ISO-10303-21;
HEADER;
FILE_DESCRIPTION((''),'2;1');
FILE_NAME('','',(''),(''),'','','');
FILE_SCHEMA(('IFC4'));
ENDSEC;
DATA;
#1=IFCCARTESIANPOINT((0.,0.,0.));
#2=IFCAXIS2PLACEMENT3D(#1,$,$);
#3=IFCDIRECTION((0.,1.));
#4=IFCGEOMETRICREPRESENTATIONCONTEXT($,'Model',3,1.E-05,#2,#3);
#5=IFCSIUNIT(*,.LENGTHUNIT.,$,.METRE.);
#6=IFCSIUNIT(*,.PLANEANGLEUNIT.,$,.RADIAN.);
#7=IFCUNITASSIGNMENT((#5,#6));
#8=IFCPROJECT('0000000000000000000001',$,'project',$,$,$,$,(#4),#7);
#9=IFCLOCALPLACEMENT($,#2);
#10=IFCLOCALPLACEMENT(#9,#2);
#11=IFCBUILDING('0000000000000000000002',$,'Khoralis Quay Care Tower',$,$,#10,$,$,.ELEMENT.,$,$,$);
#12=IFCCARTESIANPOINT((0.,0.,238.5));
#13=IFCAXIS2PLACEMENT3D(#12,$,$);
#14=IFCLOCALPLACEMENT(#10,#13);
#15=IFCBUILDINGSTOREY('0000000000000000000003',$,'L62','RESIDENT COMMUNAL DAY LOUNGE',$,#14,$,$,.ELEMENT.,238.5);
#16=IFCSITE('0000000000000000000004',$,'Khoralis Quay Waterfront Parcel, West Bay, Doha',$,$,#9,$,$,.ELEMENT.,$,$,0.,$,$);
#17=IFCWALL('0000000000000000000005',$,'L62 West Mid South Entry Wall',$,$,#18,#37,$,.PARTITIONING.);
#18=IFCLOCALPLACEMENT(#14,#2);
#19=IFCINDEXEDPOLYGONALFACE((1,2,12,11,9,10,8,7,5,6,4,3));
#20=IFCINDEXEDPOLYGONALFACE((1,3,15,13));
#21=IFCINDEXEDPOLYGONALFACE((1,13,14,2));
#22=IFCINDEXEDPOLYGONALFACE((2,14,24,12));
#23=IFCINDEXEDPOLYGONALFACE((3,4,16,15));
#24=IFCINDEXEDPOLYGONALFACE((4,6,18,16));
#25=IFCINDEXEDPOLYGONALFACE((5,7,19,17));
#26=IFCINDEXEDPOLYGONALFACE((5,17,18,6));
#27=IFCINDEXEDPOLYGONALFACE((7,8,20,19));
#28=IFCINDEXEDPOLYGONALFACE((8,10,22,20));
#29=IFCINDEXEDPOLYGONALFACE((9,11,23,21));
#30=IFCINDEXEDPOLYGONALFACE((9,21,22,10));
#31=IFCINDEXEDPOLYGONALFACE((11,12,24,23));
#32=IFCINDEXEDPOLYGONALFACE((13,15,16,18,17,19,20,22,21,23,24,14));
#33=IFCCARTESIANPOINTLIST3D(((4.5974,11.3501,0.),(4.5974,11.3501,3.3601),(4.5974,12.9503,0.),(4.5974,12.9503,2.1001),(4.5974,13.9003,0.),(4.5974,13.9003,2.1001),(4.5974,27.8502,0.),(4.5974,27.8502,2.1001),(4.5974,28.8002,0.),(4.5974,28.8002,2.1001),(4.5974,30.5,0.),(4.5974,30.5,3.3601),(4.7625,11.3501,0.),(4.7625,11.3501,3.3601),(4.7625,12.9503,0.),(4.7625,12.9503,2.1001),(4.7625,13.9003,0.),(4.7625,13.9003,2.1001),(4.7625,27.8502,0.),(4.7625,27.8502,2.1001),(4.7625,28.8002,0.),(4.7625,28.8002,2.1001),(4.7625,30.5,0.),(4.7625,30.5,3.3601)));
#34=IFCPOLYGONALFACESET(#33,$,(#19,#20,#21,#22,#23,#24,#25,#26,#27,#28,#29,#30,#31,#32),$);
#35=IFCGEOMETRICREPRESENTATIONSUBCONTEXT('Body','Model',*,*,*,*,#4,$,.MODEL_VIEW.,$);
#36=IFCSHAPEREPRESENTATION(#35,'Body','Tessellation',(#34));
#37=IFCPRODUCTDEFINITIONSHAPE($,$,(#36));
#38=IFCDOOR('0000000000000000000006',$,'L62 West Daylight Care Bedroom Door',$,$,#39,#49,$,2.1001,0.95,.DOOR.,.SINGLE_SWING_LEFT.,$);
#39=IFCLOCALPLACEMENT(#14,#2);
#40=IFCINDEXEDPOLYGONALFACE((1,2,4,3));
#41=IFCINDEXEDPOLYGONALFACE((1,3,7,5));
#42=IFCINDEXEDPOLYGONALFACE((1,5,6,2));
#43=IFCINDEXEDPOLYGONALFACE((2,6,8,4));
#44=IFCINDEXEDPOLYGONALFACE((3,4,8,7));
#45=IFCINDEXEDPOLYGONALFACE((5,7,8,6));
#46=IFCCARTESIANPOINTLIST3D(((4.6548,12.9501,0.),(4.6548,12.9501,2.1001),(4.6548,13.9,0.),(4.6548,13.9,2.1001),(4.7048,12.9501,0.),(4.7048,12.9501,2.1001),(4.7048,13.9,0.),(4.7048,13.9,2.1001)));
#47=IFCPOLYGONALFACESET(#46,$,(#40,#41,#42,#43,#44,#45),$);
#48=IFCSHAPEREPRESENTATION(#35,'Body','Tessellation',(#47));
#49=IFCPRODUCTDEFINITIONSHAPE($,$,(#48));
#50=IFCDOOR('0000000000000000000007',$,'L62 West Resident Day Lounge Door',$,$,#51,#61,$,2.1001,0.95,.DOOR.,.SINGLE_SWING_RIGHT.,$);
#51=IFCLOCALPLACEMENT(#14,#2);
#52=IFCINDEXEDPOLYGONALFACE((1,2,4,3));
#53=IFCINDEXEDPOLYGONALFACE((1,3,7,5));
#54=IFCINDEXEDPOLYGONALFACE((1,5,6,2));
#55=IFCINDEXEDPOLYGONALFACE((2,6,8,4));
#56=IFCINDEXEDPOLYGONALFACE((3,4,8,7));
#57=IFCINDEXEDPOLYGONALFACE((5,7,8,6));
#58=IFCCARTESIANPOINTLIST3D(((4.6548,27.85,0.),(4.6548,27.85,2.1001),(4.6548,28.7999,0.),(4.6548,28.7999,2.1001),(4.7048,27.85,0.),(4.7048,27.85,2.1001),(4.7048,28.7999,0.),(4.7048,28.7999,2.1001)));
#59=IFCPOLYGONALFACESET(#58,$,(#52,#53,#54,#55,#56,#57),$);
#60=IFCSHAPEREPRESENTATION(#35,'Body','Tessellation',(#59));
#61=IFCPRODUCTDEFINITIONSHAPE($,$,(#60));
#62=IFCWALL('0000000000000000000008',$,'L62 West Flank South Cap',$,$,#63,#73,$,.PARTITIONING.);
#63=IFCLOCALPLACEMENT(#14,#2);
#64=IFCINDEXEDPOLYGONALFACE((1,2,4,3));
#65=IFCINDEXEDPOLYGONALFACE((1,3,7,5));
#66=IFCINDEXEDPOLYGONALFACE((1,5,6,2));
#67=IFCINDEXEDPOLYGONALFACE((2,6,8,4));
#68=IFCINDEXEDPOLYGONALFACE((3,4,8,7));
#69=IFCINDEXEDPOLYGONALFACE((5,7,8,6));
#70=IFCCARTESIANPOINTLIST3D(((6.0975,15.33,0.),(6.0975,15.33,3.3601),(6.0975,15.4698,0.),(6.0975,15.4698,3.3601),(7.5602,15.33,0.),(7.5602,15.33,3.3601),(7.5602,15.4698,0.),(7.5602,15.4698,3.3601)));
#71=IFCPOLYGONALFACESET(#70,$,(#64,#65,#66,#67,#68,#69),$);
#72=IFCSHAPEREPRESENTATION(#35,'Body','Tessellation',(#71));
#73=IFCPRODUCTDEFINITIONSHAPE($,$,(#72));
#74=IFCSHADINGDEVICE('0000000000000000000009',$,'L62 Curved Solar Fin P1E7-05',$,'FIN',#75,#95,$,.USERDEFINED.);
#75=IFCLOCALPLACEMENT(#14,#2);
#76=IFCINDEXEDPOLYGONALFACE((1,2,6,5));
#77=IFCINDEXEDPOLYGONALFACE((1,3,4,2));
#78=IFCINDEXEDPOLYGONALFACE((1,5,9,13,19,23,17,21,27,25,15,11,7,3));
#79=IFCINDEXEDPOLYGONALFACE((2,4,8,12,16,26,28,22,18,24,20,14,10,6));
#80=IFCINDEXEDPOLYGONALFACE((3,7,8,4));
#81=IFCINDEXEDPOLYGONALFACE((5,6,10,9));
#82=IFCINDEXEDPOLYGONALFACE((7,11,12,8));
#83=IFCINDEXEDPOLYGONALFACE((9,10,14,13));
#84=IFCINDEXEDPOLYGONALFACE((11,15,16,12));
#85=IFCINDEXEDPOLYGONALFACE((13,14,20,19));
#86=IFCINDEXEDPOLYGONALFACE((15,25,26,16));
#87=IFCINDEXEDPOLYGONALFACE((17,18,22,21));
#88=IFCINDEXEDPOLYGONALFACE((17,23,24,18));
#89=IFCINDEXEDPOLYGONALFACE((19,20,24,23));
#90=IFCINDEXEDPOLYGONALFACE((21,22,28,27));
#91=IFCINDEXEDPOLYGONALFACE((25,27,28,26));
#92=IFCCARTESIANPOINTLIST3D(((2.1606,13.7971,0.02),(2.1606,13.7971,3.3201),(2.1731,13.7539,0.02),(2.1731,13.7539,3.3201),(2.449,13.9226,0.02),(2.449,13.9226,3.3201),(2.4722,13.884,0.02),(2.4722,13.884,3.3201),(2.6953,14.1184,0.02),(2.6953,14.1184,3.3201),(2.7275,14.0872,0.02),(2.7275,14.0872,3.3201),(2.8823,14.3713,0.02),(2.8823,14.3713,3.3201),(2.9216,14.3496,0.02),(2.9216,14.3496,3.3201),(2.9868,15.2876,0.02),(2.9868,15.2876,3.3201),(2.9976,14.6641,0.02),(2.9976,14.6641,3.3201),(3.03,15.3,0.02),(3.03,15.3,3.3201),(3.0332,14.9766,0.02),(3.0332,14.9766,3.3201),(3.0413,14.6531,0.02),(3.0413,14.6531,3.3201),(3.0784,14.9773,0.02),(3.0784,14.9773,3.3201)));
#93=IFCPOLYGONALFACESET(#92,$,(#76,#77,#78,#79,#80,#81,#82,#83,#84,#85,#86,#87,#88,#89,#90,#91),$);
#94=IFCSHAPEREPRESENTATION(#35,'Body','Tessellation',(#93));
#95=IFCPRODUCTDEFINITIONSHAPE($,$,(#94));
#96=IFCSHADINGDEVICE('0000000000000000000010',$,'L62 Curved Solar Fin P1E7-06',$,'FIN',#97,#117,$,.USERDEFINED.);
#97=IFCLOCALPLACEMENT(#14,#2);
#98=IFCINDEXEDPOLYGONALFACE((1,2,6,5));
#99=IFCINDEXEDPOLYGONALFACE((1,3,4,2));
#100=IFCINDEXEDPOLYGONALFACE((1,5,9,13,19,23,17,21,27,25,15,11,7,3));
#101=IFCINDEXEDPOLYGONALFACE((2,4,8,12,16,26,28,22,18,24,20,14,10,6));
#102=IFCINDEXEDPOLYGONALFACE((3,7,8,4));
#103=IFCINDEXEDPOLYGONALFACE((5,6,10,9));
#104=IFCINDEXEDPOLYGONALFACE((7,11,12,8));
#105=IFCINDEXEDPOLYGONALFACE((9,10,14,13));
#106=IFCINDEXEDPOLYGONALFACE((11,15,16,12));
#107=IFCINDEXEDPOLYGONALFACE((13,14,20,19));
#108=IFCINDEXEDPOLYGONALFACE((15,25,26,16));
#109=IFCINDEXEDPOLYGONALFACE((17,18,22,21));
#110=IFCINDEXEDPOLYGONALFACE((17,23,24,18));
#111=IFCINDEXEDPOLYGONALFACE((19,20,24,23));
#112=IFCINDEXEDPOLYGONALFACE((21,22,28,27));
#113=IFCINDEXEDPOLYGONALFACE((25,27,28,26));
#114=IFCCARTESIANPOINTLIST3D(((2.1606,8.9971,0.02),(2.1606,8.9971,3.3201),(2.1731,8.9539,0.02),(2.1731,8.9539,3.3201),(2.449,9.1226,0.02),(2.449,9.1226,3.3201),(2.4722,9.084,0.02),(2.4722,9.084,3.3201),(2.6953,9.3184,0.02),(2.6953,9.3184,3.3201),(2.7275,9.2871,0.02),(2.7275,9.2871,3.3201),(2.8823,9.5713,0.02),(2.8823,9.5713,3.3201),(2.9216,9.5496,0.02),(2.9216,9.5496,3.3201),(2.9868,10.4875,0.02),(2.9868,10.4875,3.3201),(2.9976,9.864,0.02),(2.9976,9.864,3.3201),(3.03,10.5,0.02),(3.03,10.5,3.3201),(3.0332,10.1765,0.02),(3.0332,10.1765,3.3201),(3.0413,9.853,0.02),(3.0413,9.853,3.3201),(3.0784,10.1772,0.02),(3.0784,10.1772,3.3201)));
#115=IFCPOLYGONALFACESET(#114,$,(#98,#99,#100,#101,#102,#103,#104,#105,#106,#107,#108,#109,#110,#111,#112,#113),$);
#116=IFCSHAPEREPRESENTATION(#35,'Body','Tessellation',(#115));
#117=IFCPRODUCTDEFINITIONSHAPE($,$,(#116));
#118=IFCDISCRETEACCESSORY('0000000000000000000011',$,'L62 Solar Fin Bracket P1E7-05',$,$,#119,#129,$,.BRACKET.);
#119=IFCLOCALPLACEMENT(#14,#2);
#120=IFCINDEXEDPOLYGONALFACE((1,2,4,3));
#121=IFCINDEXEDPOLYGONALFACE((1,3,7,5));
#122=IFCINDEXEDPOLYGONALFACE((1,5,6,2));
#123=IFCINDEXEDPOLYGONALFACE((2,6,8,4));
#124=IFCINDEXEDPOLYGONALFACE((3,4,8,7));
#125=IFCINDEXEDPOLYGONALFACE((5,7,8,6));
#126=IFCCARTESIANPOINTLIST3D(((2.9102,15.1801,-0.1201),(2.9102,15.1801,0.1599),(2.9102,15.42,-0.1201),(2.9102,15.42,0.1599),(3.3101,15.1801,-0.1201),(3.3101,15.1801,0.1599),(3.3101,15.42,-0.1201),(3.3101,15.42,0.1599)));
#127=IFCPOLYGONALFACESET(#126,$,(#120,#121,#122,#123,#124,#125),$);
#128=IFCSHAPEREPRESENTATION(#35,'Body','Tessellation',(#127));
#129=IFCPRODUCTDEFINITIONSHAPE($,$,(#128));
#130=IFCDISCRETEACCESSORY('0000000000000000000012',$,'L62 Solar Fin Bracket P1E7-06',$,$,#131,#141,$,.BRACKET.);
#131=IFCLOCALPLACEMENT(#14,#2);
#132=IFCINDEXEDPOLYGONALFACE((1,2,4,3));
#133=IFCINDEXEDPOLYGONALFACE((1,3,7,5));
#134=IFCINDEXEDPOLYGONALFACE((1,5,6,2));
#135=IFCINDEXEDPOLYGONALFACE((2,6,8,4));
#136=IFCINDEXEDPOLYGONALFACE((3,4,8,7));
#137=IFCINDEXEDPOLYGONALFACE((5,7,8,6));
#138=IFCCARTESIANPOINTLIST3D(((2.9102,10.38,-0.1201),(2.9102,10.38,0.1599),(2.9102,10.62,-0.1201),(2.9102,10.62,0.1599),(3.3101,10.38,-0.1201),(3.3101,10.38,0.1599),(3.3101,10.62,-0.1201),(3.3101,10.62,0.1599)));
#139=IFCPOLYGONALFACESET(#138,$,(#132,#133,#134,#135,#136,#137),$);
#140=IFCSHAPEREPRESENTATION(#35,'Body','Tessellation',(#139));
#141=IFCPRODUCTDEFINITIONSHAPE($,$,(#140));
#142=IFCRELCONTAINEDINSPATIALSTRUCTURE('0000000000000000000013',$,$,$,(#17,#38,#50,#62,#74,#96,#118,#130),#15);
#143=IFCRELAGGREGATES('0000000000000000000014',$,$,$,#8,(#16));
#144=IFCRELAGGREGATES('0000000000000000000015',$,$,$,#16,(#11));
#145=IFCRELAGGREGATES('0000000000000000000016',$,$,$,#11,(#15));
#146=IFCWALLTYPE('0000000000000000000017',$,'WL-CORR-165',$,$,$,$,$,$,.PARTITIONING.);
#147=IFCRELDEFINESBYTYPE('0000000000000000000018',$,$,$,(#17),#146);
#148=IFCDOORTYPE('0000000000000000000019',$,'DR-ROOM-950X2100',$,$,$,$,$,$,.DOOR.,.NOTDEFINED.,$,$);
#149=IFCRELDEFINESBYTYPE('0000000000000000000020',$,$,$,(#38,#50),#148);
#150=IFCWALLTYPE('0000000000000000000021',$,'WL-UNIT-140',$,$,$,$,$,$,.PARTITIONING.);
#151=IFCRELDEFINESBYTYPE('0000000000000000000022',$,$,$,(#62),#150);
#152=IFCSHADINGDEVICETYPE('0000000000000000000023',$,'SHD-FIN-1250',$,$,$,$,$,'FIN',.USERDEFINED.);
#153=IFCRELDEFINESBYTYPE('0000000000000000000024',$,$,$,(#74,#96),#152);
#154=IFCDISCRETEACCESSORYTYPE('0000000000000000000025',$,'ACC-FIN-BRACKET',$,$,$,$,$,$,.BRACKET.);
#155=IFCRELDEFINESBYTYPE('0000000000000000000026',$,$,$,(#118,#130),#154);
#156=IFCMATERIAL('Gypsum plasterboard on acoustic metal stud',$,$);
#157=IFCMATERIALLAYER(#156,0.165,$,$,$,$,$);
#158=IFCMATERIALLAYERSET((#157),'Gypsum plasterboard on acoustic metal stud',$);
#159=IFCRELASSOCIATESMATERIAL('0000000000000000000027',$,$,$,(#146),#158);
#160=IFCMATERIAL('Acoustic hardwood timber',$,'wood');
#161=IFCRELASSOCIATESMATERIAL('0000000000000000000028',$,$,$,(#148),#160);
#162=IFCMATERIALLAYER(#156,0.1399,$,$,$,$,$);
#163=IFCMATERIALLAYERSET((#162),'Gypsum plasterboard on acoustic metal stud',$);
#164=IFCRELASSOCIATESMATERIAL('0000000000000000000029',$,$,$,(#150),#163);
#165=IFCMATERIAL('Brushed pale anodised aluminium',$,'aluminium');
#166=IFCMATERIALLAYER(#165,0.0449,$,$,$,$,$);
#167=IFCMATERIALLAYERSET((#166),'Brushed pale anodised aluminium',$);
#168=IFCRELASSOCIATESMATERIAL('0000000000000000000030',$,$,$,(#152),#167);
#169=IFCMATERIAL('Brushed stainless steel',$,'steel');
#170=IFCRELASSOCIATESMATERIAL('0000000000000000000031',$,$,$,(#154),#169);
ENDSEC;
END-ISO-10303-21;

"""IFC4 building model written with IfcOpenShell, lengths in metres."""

from ifc_helpers import new_model, si_unit, direction, frame, frame_2d, origin, origin_2d, place, context, subcontext, project, spatial, polyline, rectangle, outline, extrude, source, transform, mapped, material, layer, layer_set, type_object, element, fill, save


model = new_model("IFC4")

# Units and contexts
model_context = context("Model", 3, precision=1e-05, world=origin(), true_north=direction((0.0, 1.0)))
body_context = subcontext(model_context, "Body", "Model", "MODEL_VIEW")
ifc_project = project(units=[si_unit("LENGTHUNIT", "METRE"), si_unit("PLANEANGLEUNIT", "RADIAN")], contexts=[model_context])

# Site, building, storey
site_placement = place(None, origin())
site = spatial("IfcSite", under=ifc_project, at=site_placement, Name="Khoralis Quay Waterfront Parcel, West Bay, Doha", CompositionType="ELEMENT", RefElevation=0.0)
building_placement = place(site_placement, origin())
building = spatial("IfcBuilding", under=site, at=building_placement, Name="Khoralis Quay Care Tower", CompositionType="ELEMENT")
storey_placement = place(building_placement, frame((0.0, 0.0, 238.5)))
storey = spatial("IfcBuildingStorey", under=building, at=storey_placement, Name="L62", Description="RESIDENT COMMUNAL DAY LOUNGE", CompositionType="ELEMENT", Elevation=238.5)

# Wall, openings, doors
ifc_material_1 = material(Name="Gypsum plasterboard on acoustic metal stud")
ifc_layer_1 = layer(ifc_material_1, 0.165)
ifc_layer_set_1 = layer_set([ifc_layer_1], Name="Gypsum plasterboard on acoustic metal stud")
wall_type_1 = type_object("IfcWallType", Name="WL-CORR-165", PredefinedType="PARTITIONING", material=ifc_layer_set_1)
ifc_material_2 = material(Name="Acoustic hardwood timber", Category="wood")
door_type_1 = type_object("IfcDoorType", Name="DR-ROOM-950X2100", OperationType="NOTDEFINED", PredefinedType="DOOR", material=ifc_material_2)
shared_shape_1 = source(origin(), body_context, "Body", "SweptSolid", [
    extrude(rectangle(XDim=0.95, YDim=2.1001, at=frame_2d((0.4751, 1.05))), frame((0.0, 0.0249, 0.0), z_axis=(0.0, -1.0, 0.0), x_axis=(1.0, 0.0, 0.0)), (0.0, 0.0, 1.0), 0.05),
])
wall_1_placement = place(storey_placement, frame((4.6799, 11.3501, 0.0), z_axis=(0.0, 0.0, 1.0), x_axis=(0.0, 1.0, 0.0)))
wall_1 = element("IfcWall", 1, at=wall_1_placement, inside=storey, type_object=wall_type_1, Name="L62 West Mid South Entry Wall", PredefinedType="PARTITIONING", context=body_context, shape_type="SweptSolid", body=[
    extrude(rectangle(XDim=19.1499, YDim=0.165, at=frame_2d((9.575, 0.0))), origin(), (0.0, 0.0, 1.0), 3.3601),
])
opening_1_placement = place(wall_1_placement, frame((1.6001, 0.0, 0.0)))
opening_1 = element("IfcOpeningElement", 2, at=opening_1_placement, cuts=wall_1, PredefinedType="OPENING", context=body_context, shape_type="SweptSolid", body=[
    extrude(rectangle(XDim=0.95, YDim=2.1001, at=frame_2d((0.4751, 1.05))), frame((0.0, 0.0925, 0.0), z_axis=(0.0, -1.0, 0.0), x_axis=(1.0, 0.0, 0.0)), (0.0, 0.0, 1.0), 0.1851),
])
opening_2_placement = place(wall_1_placement, frame((16.5, 0.0, 0.0)))
opening_2 = element("IfcOpeningElement", 3, at=opening_2_placement, cuts=wall_1, PredefinedType="OPENING", context=body_context, shape_type="SweptSolid", body=[
    extrude(rectangle(XDim=0.95, YDim=2.1001, at=frame_2d((0.4751, 1.05))), frame((0.0, 0.0925, 0.0), z_axis=(0.0, -1.0, 0.0), x_axis=(1.0, 0.0, 0.0)), (0.0, 0.0, 1.0), 0.1851),
])
door_1_placement = place(opening_1_placement, frame((0.95, 0.0, 0.0), z_axis=(0.0, 0.0, 1.0), x_axis=(-1.0, 0.0, 0.0)))
door_1 = element("IfcDoor", 4, at=door_1_placement, inside=storey, type_object=door_type_1, Name="L62 West Daylight Care Bedroom Door", OperationType="SINGLE_SWING_LEFT", OverallHeight=2.1001, OverallWidth=0.95, PredefinedType="DOOR", context=body_context, shape_type="MappedRepresentation", body=[
    mapped(shared_shape_1, transform((0.0, 0.0, 0.0), scale=1.0)),
])
fill(opening_1, door_1)
door_2_placement = place(opening_2_placement, frame((0.95, 0.0, 0.0), z_axis=(0.0, 0.0, 1.0), x_axis=(-1.0, 0.0, 0.0)))
door_2 = element("IfcDoor", 5, at=door_2_placement, inside=storey, type_object=door_type_1, Name="L62 West Resident Day Lounge Door", OperationType="SINGLE_SWING_RIGHT", OverallHeight=2.1001, OverallWidth=0.95, PredefinedType="DOOR", context=body_context, shape_type="MappedRepresentation", body=[
    mapped(shared_shape_1, transform((0.0, 0.0, 0.0), scale=1.0)),
])
fill(opening_2, door_2)

# Wall
ifc_layer_2 = layer(ifc_material_1, 0.1399)
ifc_layer_set_2 = layer_set([ifc_layer_2], Name="Gypsum plasterboard on acoustic metal stud")
wall_type_2 = type_object("IfcWallType", Name="WL-UNIT-140", PredefinedType="PARTITIONING", material=ifc_layer_set_2)
wall_2_placement = place(storey_placement, frame((6.0974, 15.3999, 0.0), z_axis=(0.0, 0.0, 1.0), x_axis=(1.0, 0.0, 0.0)))
element("IfcWall", 6, at=wall_2_placement, inside=storey, type_object=wall_type_2, Name="L62 West Flank South Cap", PredefinedType="PARTITIONING", context=body_context, shape_type="SweptSolid", body=[
    extrude(rectangle(XDim=1.4626, YDim=0.1399, at=frame_2d((0.7314, 0.0))), origin(), (0.0, 0.0, 1.0), 3.3601),
])

# Shading devices
ifc_material_3 = material(Name="Brushed pale anodised aluminium", Category="aluminium")
ifc_layer_3 = layer(ifc_material_3, 0.0449)
ifc_layer_set_3 = layer_set([ifc_layer_3], Name="Brushed pale anodised aluminium")
shading_device_type = type_object("IfcShadingDeviceType", Name="SHD-FIN-1250", ElementType="FIN", PredefinedType="USERDEFINED", material=ifc_layer_set_3)
shared_shape_2 = source(origin(), body_context, "Body", "SweptSolid", [
    extrude(outline(polyline([(0.0, 0.0), (-0.0483, 0.3228), (-0.0112, 0.647), (0.1084, 0.9504), (0.3025, 1.2129), (0.5579, 1.416), (0.8569, 1.5461), (0.8694, 1.5029), (0.5811, 1.3774), (0.3347, 1.1816), (0.1477, 0.9287), (0.0325, 0.636), (-0.0032, 0.3235), (0.0432, 0.0125), (0.0, 0.0)])), origin(), (0.0, 0.0, 1.0), 3.3),
])
for number, where, z_axis, x_axis, name in (
    (7, (3.03, 15.3, 0.02), (0.0, 0.0, 1.0), (-1.0, 0.0, 0.0), "L62 Curved Solar Fin P1E7-05"),
    (8, (3.03, 10.5, 0.02), (0.0, 0.0, 1.0), (-1.0, 0.0, 0.0), "L62 Curved Solar Fin P1E7-06"),
):
    element("IfcShadingDevice", number, at=place(storey_placement, frame(where, z_axis=z_axis, x_axis=x_axis)), inside=storey, type_object=shading_device_type, Name=name, ObjectType="FIN", PredefinedType="USERDEFINED", context=body_context, shape_type="MappedRepresentation", body=[
        mapped(shared_shape_2, transform((0.0, 0.0, 0.0), scale=1.0)),
    ])

# Discrete accessories
ifc_material_4 = material(Name="Brushed stainless steel", Category="steel")
discrete_accessory_type = type_object("IfcDiscreteAccessoryType", Name="ACC-FIN-BRACKET", PredefinedType="BRACKET", material=ifc_material_4)
shared_shape_3 = source(origin(), body_context, "Body", "SweptSolid", [
    extrude(rectangle(XDim=0.3999, YDim=0.24, at=origin_2d()), origin(), (0.0, 0.0, 1.0), 0.28),
])
for number, where, z_axis, x_axis, name in (
    (9, (3.1101, 15.3, -0.1201), (0.0, 0.0, 1.0), (-1.0, 0.0, 0.0), "L62 Solar Fin Bracket P1E7-05"),
    (10, (3.1101, 10.5, -0.1201), (0.0, 0.0, 1.0), (-1.0, 0.0, 0.0), "L62 Solar Fin Bracket P1E7-06"),
):
    element("IfcDiscreteAccessory", number, at=place(storey_placement, frame(where, z_axis=z_axis, x_axis=x_axis)), inside=storey, type_object=discrete_accessory_type, Name=name, PredefinedType="BRACKET", context=body_context, shape_type="MappedRepresentation", body=[
        mapped(shared_shape_3, transform((0.0, 0.0, 0.0), scale=1.0)),
    ])

save(model, "model.ifc")
